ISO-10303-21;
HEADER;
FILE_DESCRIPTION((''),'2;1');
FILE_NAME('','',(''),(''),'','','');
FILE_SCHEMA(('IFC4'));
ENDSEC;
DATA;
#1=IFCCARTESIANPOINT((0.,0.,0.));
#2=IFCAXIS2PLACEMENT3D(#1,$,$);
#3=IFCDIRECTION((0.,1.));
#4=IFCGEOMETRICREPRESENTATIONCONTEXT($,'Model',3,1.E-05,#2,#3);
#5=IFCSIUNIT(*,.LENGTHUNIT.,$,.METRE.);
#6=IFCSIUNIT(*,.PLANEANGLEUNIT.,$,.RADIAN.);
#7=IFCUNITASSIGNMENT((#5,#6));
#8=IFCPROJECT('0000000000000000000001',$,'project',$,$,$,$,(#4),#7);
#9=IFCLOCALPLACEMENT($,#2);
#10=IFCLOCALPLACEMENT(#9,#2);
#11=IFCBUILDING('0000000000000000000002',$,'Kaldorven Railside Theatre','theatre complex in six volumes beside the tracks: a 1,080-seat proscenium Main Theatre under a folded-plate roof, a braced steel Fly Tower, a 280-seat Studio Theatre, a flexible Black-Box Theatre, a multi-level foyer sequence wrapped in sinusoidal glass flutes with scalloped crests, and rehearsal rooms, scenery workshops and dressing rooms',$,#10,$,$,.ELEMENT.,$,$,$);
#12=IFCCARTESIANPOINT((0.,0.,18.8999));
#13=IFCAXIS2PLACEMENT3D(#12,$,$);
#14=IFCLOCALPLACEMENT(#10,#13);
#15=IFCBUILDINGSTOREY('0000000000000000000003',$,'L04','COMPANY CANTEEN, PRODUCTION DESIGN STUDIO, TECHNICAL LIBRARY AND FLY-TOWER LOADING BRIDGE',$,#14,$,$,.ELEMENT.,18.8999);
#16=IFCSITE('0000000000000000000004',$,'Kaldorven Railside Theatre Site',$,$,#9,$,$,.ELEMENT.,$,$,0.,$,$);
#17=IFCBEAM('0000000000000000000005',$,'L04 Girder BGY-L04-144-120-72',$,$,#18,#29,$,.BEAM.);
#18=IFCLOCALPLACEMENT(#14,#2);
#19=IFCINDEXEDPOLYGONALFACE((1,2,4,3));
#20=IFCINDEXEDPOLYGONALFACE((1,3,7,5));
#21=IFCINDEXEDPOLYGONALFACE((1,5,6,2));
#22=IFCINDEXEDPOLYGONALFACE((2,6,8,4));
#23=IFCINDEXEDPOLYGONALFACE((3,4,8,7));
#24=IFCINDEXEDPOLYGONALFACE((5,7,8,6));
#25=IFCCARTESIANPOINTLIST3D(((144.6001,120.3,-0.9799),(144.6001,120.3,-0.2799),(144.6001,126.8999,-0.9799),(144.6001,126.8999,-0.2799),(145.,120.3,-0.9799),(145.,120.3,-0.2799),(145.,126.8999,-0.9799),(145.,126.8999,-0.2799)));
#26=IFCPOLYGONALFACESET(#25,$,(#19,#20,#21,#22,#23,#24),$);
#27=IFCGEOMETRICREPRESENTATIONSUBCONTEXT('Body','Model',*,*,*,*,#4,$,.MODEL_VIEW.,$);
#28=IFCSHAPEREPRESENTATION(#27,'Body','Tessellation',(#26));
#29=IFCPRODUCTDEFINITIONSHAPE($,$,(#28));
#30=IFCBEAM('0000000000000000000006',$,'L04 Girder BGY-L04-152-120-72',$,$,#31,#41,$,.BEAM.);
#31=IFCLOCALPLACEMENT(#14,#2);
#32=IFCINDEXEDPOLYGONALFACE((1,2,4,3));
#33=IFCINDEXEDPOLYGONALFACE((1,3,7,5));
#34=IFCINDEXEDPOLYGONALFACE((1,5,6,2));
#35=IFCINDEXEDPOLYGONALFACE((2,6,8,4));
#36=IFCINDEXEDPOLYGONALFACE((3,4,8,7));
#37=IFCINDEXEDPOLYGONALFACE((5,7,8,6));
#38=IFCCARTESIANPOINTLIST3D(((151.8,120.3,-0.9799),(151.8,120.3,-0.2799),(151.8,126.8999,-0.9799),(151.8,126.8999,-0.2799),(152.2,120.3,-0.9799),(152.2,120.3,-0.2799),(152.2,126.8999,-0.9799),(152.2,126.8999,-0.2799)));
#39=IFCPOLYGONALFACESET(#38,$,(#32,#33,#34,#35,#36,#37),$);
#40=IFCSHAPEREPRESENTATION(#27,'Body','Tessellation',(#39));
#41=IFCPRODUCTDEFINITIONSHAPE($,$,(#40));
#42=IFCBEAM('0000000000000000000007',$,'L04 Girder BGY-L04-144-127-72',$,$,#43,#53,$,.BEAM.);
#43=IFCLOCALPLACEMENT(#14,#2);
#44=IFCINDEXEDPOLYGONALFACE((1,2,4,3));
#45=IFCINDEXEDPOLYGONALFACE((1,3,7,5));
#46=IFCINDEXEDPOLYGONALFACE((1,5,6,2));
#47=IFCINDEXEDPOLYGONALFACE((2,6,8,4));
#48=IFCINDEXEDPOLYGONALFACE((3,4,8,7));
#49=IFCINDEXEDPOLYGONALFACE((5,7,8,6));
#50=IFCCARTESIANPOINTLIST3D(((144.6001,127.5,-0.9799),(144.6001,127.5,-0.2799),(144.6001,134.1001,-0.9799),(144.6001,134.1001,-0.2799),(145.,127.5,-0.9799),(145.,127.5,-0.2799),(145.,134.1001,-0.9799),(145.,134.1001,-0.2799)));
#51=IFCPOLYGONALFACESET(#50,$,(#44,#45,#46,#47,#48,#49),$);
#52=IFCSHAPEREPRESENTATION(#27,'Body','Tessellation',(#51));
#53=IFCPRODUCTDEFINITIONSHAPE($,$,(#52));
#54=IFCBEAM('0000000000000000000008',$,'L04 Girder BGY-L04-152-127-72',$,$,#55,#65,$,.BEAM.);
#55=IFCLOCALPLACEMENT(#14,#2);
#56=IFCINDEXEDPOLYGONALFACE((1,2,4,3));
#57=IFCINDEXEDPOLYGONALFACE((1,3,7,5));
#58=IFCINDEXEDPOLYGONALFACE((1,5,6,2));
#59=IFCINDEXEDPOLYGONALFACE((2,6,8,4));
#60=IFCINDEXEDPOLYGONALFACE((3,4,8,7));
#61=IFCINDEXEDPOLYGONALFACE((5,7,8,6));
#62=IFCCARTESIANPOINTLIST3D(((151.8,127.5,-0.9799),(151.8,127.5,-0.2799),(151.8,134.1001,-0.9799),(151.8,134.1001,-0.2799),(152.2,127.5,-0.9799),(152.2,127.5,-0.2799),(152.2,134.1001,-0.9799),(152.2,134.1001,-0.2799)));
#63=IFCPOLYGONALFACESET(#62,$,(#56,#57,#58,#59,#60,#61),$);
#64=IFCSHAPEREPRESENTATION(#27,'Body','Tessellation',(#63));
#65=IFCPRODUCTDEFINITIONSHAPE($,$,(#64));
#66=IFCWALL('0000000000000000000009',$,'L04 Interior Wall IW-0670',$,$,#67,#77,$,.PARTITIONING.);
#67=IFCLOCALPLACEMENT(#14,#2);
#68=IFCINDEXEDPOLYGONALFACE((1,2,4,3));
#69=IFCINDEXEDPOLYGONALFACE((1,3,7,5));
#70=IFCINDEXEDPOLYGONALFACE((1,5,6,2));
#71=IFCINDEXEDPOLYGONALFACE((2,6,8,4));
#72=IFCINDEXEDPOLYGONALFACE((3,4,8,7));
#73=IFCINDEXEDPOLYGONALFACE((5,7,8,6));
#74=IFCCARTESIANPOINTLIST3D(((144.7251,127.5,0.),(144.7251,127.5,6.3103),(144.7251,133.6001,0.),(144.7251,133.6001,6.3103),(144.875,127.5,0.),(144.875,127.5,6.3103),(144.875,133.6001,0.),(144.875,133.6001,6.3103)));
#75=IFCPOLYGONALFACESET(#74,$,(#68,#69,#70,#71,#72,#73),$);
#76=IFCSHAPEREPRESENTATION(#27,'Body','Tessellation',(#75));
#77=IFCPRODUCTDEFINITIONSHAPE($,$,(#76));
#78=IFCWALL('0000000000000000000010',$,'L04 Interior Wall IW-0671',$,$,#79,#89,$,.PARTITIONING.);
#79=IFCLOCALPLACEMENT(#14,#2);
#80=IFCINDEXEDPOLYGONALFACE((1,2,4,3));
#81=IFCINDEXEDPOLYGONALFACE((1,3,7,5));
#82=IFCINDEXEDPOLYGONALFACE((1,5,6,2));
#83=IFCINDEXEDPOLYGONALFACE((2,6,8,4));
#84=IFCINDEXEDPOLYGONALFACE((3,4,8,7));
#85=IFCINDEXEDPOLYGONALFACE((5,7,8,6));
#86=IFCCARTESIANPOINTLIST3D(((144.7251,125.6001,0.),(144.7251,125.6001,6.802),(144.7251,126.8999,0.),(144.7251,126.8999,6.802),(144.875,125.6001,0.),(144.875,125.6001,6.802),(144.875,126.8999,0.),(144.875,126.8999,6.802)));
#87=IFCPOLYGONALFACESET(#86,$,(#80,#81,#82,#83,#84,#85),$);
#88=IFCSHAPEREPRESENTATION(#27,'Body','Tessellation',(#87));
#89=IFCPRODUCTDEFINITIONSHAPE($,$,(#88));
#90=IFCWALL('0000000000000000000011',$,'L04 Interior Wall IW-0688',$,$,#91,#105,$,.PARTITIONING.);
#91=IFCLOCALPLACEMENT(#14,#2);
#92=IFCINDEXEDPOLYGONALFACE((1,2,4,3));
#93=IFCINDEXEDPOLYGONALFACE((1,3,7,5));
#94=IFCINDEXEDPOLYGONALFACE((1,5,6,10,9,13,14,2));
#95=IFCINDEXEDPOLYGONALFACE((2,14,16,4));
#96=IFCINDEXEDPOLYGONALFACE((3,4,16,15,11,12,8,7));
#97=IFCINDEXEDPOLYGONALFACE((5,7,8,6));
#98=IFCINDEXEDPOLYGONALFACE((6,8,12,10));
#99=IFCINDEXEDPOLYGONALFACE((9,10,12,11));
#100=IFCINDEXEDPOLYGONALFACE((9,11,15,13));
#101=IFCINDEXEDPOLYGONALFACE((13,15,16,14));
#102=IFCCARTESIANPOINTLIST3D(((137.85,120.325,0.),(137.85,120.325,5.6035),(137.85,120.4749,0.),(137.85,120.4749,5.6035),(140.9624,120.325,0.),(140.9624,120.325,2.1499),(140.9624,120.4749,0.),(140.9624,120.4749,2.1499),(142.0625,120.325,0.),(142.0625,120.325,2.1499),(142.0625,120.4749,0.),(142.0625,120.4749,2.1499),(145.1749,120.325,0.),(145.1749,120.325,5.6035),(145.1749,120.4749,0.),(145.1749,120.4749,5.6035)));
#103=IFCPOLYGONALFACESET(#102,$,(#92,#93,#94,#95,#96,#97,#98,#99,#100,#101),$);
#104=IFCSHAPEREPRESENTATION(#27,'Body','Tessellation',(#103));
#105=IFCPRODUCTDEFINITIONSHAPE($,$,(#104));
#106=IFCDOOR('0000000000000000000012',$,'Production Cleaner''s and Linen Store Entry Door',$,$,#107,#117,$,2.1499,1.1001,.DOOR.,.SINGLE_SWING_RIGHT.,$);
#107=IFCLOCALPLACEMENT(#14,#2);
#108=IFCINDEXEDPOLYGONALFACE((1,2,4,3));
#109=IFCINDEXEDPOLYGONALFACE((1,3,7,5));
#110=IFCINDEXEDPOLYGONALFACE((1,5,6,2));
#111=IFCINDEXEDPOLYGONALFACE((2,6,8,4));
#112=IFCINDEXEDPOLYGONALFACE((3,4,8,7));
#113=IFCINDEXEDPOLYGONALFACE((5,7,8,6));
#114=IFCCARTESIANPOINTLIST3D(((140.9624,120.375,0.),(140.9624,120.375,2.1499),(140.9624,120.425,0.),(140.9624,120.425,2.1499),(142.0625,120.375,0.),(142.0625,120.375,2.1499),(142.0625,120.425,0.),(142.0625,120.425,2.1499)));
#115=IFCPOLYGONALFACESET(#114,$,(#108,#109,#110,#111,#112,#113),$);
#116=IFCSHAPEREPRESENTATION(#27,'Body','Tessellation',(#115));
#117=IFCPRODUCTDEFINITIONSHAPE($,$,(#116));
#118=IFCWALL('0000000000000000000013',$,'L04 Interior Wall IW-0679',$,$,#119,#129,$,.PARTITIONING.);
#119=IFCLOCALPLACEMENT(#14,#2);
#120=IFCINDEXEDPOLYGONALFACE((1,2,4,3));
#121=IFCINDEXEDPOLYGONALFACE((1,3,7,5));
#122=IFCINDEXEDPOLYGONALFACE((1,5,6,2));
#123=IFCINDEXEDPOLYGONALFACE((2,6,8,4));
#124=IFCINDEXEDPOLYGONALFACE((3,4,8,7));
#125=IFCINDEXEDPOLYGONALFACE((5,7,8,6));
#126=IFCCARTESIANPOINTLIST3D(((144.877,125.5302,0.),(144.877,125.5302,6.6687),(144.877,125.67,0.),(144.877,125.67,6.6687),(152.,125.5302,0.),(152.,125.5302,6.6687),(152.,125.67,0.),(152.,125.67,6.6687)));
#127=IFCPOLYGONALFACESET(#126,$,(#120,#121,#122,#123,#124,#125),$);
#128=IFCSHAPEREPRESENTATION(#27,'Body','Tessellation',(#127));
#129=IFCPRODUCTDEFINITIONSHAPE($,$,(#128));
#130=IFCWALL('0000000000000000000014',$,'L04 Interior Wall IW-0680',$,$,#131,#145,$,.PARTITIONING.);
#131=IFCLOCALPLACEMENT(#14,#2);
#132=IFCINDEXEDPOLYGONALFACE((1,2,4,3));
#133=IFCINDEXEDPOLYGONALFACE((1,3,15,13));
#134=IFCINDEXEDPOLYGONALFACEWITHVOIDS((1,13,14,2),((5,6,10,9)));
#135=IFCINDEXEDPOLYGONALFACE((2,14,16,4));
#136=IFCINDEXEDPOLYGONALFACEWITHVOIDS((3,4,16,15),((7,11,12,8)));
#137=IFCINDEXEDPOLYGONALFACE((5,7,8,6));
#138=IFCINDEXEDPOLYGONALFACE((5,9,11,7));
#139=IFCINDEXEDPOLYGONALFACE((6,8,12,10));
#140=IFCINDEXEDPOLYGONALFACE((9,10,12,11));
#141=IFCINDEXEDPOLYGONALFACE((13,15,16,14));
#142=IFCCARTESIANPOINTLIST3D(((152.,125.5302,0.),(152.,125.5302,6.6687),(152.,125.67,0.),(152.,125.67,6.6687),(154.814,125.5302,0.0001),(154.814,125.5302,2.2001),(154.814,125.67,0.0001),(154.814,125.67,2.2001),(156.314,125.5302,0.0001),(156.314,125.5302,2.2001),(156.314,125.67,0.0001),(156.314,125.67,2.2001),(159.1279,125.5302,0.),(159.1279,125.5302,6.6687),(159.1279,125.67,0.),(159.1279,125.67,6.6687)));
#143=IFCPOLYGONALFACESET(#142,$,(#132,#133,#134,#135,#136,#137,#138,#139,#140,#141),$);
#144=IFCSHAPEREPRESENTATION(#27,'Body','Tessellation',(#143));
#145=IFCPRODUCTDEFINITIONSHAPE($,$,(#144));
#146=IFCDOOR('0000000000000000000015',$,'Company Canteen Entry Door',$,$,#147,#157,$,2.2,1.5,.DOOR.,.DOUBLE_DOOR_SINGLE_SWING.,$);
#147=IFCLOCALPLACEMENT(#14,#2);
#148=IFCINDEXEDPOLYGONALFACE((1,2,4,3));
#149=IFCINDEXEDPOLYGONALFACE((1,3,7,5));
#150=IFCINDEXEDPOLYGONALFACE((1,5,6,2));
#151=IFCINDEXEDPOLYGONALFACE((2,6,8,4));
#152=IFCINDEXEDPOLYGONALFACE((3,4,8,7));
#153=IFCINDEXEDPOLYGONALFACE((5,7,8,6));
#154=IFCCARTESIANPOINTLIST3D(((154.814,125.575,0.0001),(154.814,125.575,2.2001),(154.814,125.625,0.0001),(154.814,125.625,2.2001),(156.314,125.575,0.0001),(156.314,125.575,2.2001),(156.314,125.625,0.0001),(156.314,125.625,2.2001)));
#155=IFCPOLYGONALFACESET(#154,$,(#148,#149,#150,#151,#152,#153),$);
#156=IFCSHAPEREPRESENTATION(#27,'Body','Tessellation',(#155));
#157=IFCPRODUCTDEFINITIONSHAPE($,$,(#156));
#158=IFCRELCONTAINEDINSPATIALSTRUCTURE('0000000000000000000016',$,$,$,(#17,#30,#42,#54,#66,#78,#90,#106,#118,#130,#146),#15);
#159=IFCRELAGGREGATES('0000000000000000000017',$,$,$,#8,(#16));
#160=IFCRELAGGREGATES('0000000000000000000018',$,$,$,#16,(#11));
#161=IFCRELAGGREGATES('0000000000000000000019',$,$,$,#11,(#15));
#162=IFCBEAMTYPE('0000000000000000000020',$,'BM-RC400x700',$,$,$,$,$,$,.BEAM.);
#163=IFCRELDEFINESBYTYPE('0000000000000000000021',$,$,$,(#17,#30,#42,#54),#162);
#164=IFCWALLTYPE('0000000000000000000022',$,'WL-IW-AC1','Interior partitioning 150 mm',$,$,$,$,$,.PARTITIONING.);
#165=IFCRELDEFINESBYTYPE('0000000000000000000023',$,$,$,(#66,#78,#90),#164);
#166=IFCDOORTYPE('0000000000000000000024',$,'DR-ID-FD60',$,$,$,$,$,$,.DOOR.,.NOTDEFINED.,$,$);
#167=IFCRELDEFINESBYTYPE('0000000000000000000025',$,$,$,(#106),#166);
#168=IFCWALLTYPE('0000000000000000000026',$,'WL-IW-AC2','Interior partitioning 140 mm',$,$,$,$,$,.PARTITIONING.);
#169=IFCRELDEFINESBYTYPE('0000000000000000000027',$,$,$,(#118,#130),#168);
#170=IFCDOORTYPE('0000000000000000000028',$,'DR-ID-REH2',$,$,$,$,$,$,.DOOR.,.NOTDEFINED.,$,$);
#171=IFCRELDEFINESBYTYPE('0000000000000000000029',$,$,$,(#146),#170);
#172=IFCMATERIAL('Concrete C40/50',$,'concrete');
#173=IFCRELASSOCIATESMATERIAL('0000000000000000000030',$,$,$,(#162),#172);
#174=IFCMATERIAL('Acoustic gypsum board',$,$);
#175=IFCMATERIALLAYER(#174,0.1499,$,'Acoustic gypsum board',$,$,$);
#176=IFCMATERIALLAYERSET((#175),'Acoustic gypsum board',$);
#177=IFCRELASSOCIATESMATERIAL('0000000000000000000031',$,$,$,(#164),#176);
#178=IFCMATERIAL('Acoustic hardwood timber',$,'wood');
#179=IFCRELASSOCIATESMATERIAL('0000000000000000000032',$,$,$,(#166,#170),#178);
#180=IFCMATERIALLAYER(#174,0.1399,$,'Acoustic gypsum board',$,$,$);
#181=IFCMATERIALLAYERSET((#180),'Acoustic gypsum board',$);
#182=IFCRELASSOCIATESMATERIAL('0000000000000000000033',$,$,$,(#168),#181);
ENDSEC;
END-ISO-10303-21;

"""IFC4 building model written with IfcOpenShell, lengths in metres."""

from ifc_helpers import new_model, si_unit, direction, frame, frame_2d, origin, origin_2d, place, context, subcontext, project, spatial, rectangle, extrude, material, layer, layer_set, material_profile, profile_set, type_object, element, fill, save


model = new_model("IFC4")

# Units and contexts
model_context = context("Model", 3, precision=1e-05, world=origin(), true_north=direction((0.0, 1.0)))
body_context = subcontext(model_context, "Body", "Model", "MODEL_VIEW")
ifc_project = project(units=[si_unit("LENGTHUNIT", "METRE"), si_unit("PLANEANGLEUNIT", "RADIAN")], contexts=[model_context])

# Site, building, storey
site_placement = place(None, origin())
site = spatial("IfcSite", under=ifc_project, at=site_placement, Name="Kaldorven Railside Theatre Site", CompositionType="ELEMENT", RefElevation=0.0)
building_placement = place(site_placement, origin())
building = spatial("IfcBuilding", under=site, at=building_placement, Name="Kaldorven Railside Theatre", Description="theatre complex in six volumes beside the tracks: a 1,080-seat proscenium Main Theatre under a folded-plate roof, a braced steel Fly Tower, a 280-seat Studio Theatre, a flexible Black-Box Theatre, a multi-level foyer sequence wrapped in sinusoidal glass flutes with scalloped crests, and rehearsal rooms, scenery workshops and dressing rooms", CompositionType="ELEMENT")
storey_placement = place(building_placement, frame((0.0, 0.0, 18.8999)))
storey = spatial("IfcBuildingStorey", under=building, at=storey_placement, Name="L04", Description="COMPANY CANTEEN, PRODUCTION DESIGN STUDIO, TECHNICAL LIBRARY AND FLY-TOWER LOADING BRIDGE", CompositionType="ELEMENT", Elevation=18.8999)

# Shared definitions
ifc_material_1 = material(Name="Concrete C40/50", Category="concrete")

# Beams
ifc_material_profile_1 = material_profile(ifc_material_1, rectangle(XDim=0.3999, YDim=0.7, at=origin_2d()), Name="RC 400x700")
ifc_profile_set_1 = profile_set([ifc_material_profile_1], Name="Concrete C40/50")
beam_type_1 = type_object("IfcBeamType", Name="BM-RC400x700", PredefinedType="BEAM", material=ifc_profile_set_1)
for number, where, z_axis, x_axis, name in (
    (1, (144.8, 120.3, -0.6299), (0.0, 1.0, 0.0), (-1.0, 0.0, 0.0), "L04 Girder BGY-L04-144-120-72"),
    (2, (152.0, 120.3, -0.6299), (0.0, 1.0, 0.0), (-1.0, 0.0, 0.0), "L04 Girder BGY-L04-152-120-72"),
):
    element("IfcBeam", number, at=place(storey_placement, frame(where, z_axis=z_axis, x_axis=x_axis)), inside=storey, type_object=beam_type_1, Name=name, PredefinedType="BEAM", context=body_context, shape_type="SweptSolid", body=[
        extrude(rectangle(XDim=0.3999, YDim=0.7, at=origin_2d()), origin(), (0.0, 0.0, 1.0), 6.5999),
    ])
for number, where, z_axis, x_axis, name in (
    (3, (144.8, 127.5, -0.6299), (0.0, 1.0, 0.0), (-1.0, 0.0, 0.0), "L04 Girder BGY-L04-144-127-72"),
    (4, (152.0, 127.5, -0.6299), (0.0, 1.0, 0.0), (-1.0, 0.0, 0.0), "L04 Girder BGY-L04-152-127-72"),
):
    element("IfcBeam", number, at=place(storey_placement, frame(where, z_axis=z_axis, x_axis=x_axis)), inside=storey, type_object=beam_type_1, Name=name, PredefinedType="BEAM", context=body_context, shape_type="SweptSolid", body=[
        extrude(rectangle(XDim=0.3999, YDim=0.7, at=origin_2d()), origin(), (0.0, 0.0, 1.0), 6.6001),
    ])

# Walls
ifc_material_2 = material(Name="Acoustic gypsum board")
ifc_layer_1 = layer(ifc_material_2, 0.1499, Name="Acoustic gypsum board")
ifc_layer_set_1 = layer_set([ifc_layer_1], Name="Acoustic gypsum board")
wall_type_1 = type_object("IfcWallType", Name="WL-IW-AC1", Description="Interior partitioning 150 mm", PredefinedType="PARTITIONING", material=ifc_layer_set_1)
wall_1_placement = place(storey_placement, frame((144.8, 127.5, 0.0), z_axis=(0.0, 0.0, 1.0), x_axis=(0.0, 1.0, 0.0)))
element("IfcWall", 5, at=wall_1_placement, inside=storey, type_object=wall_type_1, Name="L04 Interior Wall IW-0670", PredefinedType="PARTITIONING", context=body_context, shape_type="SweptSolid", body=[
    extrude(rectangle(XDim=6.1001, YDim=0.1499, at=frame_2d((3.05, 0.0))), origin(), (0.0, 0.0, 1.0), 6.3103),
])
wall_2_placement = place(storey_placement, frame((144.8, 125.6001, 0.0), z_axis=(0.0, 0.0, 1.0), x_axis=(0.0, 1.0, 0.0)))
element("IfcWall", 6, at=wall_2_placement, inside=storey, type_object=wall_type_1, Name="L04 Interior Wall IW-0671", PredefinedType="PARTITIONING", context=body_context, shape_type="SweptSolid", body=[
    extrude(rectangle(XDim=1.2998, YDim=0.1499, at=frame_2d((0.6499, 0.0))), origin(), (0.0, 0.0, 1.0), 6.802),
])

# Wall, opening, door
wall_3_placement = place(storey_placement, frame((145.175, 120.3999, 0.0), z_axis=(0.0, 0.0, 1.0), x_axis=(-1.0, 0.0, 0.0)))
wall_3 = element("IfcWall", 7, at=wall_3_placement, inside=storey, type_object=wall_type_1, Name="L04 Interior Wall IW-0688", PredefinedType="PARTITIONING", context=body_context, shape_type="SweptSolid", body=[
    extrude(rectangle(XDim=7.325, YDim=0.1499, at=frame_2d((3.6626, 0.0))), origin(), (0.0, 0.0, 1.0), 5.6035),
])
opening_1_placement = place(wall_3_placement, frame((3.1125, 0.0, 0.0)))
opening_1 = element("IfcOpeningElement", 8, at=opening_1_placement, cuts=wall_3, PredefinedType="OPENING", context=body_context, shape_type="SweptSolid", body=[
    extrude(rectangle(XDim=1.1001, YDim=2.1499, at=frame_2d((0.55, 1.075))), frame((0.0, 0.085, 0.0), z_axis=(0.0, -1.0, 0.0), x_axis=(1.0, 0.0, 0.0)), (0.0, 0.0, 1.0), 0.1699),
])
ifc_material_3 = material(Name="Acoustic hardwood timber", Category="wood")
door_type_1 = type_object("IfcDoorType", Name="DR-ID-FD60", OperationType="NOTDEFINED", PredefinedType="DOOR", material=ifc_material_3)
door_1_placement = place(opening_1_placement, origin())
door_1 = element("IfcDoor", 9, at=door_1_placement, inside=storey, type_object=door_type_1, Name="Production Cleaner's and Linen Store Entry Door", OperationType="SINGLE_SWING_RIGHT", OverallHeight=2.1499, OverallWidth=1.1001, PredefinedType="DOOR", context=body_context, shape_type="SweptSolid", body=[
    extrude(rectangle(XDim=1.1001, YDim=2.1499, at=frame_2d((0.55, 1.075))), frame((0.0, 0.0249, 0.0), z_axis=(0.0, -1.0, 0.0), x_axis=(1.0, 0.0, 0.0)), (0.0, 0.0, 1.0), 0.05),
])
fill(opening_1, door_1)

# Wall
ifc_layer_2 = layer(ifc_material_2, 0.1399, Name="Acoustic gypsum board")
ifc_layer_set_2 = layer_set([ifc_layer_2], Name="Acoustic gypsum board")
wall_type_2 = type_object("IfcWallType", Name="WL-IW-AC2", Description="Interior partitioning 140 mm", PredefinedType="PARTITIONING", material=ifc_layer_set_2)
wall_4_placement = place(storey_placement, frame((144.877, 125.6001, 0.0), z_axis=(0.0, 0.0, 1.0), x_axis=(1.0, 0.0, 0.0)))
element("IfcWall", 10, at=wall_4_placement, inside=storey, type_object=wall_type_2, Name="L04 Interior Wall IW-0679", PredefinedType="PARTITIONING", context=body_context, shape_type="SweptSolid", body=[
    extrude(rectangle(XDim=7.123, YDim=0.1399, at=frame_2d((3.5615, 0.0))), origin(), (0.0, 0.0, 1.0), 6.6687),
])

# Wall, opening, door
wall_5_placement = place(storey_placement, frame((152.0, 125.6001, 0.0), z_axis=(0.0, 0.0, 1.0), x_axis=(1.0, 0.0, 0.0)))
wall_5 = element("IfcWall", 11, at=wall_5_placement, inside=storey, type_object=wall_type_2, Name="L04 Interior Wall IW-0680", PredefinedType="PARTITIONING", context=body_context, shape_type="SweptSolid", body=[
    extrude(rectangle(XDim=7.1279, YDim=0.1399, at=frame_2d((3.564, 0.0))), origin(), (0.0, 0.0, 1.0), 6.6687),
])
opening_2_placement = place(wall_5_placement, frame((2.814, 0.0, 0.0)))
opening_2 = element("IfcOpeningElement", 12, at=opening_2_placement, cuts=wall_5, PredefinedType="OPENING", context=body_context, shape_type="SweptSolid", body=[
    extrude(rectangle(XDim=1.5, YDim=2.2, at=frame_2d((0.75, 1.1001))), frame((0.0, 0.0801, 0.0), z_axis=(0.0, -1.0, 0.0), x_axis=(1.0, 0.0, 0.0)), (0.0, 0.0, 1.0), 0.1599),
])
door_type_2 = type_object("IfcDoorType", Name="DR-ID-REH2", OperationType="NOTDEFINED", PredefinedType="DOOR", material=ifc_material_3)
door_2_placement = place(opening_2_placement, origin())
door_2 = element("IfcDoor", 13, at=door_2_placement, inside=storey, type_object=door_type_2, Name="Company Canteen Entry Door", OperationType="DOUBLE_DOOR_SINGLE_SWING", OverallHeight=2.2, OverallWidth=1.5, PredefinedType="DOOR", context=body_context, shape_type="SweptSolid", body=[
    extrude(rectangle(XDim=1.5, YDim=2.2, at=frame_2d((0.75, 1.1001))), frame((0.0, 0.0249, 0.0), z_axis=(0.0, -1.0, 0.0), x_axis=(1.0, 0.0, 0.0)), (0.0, 0.0, 1.0), 0.05),
])
fill(opening_2, door_2)

save(model, "model.ifc")
